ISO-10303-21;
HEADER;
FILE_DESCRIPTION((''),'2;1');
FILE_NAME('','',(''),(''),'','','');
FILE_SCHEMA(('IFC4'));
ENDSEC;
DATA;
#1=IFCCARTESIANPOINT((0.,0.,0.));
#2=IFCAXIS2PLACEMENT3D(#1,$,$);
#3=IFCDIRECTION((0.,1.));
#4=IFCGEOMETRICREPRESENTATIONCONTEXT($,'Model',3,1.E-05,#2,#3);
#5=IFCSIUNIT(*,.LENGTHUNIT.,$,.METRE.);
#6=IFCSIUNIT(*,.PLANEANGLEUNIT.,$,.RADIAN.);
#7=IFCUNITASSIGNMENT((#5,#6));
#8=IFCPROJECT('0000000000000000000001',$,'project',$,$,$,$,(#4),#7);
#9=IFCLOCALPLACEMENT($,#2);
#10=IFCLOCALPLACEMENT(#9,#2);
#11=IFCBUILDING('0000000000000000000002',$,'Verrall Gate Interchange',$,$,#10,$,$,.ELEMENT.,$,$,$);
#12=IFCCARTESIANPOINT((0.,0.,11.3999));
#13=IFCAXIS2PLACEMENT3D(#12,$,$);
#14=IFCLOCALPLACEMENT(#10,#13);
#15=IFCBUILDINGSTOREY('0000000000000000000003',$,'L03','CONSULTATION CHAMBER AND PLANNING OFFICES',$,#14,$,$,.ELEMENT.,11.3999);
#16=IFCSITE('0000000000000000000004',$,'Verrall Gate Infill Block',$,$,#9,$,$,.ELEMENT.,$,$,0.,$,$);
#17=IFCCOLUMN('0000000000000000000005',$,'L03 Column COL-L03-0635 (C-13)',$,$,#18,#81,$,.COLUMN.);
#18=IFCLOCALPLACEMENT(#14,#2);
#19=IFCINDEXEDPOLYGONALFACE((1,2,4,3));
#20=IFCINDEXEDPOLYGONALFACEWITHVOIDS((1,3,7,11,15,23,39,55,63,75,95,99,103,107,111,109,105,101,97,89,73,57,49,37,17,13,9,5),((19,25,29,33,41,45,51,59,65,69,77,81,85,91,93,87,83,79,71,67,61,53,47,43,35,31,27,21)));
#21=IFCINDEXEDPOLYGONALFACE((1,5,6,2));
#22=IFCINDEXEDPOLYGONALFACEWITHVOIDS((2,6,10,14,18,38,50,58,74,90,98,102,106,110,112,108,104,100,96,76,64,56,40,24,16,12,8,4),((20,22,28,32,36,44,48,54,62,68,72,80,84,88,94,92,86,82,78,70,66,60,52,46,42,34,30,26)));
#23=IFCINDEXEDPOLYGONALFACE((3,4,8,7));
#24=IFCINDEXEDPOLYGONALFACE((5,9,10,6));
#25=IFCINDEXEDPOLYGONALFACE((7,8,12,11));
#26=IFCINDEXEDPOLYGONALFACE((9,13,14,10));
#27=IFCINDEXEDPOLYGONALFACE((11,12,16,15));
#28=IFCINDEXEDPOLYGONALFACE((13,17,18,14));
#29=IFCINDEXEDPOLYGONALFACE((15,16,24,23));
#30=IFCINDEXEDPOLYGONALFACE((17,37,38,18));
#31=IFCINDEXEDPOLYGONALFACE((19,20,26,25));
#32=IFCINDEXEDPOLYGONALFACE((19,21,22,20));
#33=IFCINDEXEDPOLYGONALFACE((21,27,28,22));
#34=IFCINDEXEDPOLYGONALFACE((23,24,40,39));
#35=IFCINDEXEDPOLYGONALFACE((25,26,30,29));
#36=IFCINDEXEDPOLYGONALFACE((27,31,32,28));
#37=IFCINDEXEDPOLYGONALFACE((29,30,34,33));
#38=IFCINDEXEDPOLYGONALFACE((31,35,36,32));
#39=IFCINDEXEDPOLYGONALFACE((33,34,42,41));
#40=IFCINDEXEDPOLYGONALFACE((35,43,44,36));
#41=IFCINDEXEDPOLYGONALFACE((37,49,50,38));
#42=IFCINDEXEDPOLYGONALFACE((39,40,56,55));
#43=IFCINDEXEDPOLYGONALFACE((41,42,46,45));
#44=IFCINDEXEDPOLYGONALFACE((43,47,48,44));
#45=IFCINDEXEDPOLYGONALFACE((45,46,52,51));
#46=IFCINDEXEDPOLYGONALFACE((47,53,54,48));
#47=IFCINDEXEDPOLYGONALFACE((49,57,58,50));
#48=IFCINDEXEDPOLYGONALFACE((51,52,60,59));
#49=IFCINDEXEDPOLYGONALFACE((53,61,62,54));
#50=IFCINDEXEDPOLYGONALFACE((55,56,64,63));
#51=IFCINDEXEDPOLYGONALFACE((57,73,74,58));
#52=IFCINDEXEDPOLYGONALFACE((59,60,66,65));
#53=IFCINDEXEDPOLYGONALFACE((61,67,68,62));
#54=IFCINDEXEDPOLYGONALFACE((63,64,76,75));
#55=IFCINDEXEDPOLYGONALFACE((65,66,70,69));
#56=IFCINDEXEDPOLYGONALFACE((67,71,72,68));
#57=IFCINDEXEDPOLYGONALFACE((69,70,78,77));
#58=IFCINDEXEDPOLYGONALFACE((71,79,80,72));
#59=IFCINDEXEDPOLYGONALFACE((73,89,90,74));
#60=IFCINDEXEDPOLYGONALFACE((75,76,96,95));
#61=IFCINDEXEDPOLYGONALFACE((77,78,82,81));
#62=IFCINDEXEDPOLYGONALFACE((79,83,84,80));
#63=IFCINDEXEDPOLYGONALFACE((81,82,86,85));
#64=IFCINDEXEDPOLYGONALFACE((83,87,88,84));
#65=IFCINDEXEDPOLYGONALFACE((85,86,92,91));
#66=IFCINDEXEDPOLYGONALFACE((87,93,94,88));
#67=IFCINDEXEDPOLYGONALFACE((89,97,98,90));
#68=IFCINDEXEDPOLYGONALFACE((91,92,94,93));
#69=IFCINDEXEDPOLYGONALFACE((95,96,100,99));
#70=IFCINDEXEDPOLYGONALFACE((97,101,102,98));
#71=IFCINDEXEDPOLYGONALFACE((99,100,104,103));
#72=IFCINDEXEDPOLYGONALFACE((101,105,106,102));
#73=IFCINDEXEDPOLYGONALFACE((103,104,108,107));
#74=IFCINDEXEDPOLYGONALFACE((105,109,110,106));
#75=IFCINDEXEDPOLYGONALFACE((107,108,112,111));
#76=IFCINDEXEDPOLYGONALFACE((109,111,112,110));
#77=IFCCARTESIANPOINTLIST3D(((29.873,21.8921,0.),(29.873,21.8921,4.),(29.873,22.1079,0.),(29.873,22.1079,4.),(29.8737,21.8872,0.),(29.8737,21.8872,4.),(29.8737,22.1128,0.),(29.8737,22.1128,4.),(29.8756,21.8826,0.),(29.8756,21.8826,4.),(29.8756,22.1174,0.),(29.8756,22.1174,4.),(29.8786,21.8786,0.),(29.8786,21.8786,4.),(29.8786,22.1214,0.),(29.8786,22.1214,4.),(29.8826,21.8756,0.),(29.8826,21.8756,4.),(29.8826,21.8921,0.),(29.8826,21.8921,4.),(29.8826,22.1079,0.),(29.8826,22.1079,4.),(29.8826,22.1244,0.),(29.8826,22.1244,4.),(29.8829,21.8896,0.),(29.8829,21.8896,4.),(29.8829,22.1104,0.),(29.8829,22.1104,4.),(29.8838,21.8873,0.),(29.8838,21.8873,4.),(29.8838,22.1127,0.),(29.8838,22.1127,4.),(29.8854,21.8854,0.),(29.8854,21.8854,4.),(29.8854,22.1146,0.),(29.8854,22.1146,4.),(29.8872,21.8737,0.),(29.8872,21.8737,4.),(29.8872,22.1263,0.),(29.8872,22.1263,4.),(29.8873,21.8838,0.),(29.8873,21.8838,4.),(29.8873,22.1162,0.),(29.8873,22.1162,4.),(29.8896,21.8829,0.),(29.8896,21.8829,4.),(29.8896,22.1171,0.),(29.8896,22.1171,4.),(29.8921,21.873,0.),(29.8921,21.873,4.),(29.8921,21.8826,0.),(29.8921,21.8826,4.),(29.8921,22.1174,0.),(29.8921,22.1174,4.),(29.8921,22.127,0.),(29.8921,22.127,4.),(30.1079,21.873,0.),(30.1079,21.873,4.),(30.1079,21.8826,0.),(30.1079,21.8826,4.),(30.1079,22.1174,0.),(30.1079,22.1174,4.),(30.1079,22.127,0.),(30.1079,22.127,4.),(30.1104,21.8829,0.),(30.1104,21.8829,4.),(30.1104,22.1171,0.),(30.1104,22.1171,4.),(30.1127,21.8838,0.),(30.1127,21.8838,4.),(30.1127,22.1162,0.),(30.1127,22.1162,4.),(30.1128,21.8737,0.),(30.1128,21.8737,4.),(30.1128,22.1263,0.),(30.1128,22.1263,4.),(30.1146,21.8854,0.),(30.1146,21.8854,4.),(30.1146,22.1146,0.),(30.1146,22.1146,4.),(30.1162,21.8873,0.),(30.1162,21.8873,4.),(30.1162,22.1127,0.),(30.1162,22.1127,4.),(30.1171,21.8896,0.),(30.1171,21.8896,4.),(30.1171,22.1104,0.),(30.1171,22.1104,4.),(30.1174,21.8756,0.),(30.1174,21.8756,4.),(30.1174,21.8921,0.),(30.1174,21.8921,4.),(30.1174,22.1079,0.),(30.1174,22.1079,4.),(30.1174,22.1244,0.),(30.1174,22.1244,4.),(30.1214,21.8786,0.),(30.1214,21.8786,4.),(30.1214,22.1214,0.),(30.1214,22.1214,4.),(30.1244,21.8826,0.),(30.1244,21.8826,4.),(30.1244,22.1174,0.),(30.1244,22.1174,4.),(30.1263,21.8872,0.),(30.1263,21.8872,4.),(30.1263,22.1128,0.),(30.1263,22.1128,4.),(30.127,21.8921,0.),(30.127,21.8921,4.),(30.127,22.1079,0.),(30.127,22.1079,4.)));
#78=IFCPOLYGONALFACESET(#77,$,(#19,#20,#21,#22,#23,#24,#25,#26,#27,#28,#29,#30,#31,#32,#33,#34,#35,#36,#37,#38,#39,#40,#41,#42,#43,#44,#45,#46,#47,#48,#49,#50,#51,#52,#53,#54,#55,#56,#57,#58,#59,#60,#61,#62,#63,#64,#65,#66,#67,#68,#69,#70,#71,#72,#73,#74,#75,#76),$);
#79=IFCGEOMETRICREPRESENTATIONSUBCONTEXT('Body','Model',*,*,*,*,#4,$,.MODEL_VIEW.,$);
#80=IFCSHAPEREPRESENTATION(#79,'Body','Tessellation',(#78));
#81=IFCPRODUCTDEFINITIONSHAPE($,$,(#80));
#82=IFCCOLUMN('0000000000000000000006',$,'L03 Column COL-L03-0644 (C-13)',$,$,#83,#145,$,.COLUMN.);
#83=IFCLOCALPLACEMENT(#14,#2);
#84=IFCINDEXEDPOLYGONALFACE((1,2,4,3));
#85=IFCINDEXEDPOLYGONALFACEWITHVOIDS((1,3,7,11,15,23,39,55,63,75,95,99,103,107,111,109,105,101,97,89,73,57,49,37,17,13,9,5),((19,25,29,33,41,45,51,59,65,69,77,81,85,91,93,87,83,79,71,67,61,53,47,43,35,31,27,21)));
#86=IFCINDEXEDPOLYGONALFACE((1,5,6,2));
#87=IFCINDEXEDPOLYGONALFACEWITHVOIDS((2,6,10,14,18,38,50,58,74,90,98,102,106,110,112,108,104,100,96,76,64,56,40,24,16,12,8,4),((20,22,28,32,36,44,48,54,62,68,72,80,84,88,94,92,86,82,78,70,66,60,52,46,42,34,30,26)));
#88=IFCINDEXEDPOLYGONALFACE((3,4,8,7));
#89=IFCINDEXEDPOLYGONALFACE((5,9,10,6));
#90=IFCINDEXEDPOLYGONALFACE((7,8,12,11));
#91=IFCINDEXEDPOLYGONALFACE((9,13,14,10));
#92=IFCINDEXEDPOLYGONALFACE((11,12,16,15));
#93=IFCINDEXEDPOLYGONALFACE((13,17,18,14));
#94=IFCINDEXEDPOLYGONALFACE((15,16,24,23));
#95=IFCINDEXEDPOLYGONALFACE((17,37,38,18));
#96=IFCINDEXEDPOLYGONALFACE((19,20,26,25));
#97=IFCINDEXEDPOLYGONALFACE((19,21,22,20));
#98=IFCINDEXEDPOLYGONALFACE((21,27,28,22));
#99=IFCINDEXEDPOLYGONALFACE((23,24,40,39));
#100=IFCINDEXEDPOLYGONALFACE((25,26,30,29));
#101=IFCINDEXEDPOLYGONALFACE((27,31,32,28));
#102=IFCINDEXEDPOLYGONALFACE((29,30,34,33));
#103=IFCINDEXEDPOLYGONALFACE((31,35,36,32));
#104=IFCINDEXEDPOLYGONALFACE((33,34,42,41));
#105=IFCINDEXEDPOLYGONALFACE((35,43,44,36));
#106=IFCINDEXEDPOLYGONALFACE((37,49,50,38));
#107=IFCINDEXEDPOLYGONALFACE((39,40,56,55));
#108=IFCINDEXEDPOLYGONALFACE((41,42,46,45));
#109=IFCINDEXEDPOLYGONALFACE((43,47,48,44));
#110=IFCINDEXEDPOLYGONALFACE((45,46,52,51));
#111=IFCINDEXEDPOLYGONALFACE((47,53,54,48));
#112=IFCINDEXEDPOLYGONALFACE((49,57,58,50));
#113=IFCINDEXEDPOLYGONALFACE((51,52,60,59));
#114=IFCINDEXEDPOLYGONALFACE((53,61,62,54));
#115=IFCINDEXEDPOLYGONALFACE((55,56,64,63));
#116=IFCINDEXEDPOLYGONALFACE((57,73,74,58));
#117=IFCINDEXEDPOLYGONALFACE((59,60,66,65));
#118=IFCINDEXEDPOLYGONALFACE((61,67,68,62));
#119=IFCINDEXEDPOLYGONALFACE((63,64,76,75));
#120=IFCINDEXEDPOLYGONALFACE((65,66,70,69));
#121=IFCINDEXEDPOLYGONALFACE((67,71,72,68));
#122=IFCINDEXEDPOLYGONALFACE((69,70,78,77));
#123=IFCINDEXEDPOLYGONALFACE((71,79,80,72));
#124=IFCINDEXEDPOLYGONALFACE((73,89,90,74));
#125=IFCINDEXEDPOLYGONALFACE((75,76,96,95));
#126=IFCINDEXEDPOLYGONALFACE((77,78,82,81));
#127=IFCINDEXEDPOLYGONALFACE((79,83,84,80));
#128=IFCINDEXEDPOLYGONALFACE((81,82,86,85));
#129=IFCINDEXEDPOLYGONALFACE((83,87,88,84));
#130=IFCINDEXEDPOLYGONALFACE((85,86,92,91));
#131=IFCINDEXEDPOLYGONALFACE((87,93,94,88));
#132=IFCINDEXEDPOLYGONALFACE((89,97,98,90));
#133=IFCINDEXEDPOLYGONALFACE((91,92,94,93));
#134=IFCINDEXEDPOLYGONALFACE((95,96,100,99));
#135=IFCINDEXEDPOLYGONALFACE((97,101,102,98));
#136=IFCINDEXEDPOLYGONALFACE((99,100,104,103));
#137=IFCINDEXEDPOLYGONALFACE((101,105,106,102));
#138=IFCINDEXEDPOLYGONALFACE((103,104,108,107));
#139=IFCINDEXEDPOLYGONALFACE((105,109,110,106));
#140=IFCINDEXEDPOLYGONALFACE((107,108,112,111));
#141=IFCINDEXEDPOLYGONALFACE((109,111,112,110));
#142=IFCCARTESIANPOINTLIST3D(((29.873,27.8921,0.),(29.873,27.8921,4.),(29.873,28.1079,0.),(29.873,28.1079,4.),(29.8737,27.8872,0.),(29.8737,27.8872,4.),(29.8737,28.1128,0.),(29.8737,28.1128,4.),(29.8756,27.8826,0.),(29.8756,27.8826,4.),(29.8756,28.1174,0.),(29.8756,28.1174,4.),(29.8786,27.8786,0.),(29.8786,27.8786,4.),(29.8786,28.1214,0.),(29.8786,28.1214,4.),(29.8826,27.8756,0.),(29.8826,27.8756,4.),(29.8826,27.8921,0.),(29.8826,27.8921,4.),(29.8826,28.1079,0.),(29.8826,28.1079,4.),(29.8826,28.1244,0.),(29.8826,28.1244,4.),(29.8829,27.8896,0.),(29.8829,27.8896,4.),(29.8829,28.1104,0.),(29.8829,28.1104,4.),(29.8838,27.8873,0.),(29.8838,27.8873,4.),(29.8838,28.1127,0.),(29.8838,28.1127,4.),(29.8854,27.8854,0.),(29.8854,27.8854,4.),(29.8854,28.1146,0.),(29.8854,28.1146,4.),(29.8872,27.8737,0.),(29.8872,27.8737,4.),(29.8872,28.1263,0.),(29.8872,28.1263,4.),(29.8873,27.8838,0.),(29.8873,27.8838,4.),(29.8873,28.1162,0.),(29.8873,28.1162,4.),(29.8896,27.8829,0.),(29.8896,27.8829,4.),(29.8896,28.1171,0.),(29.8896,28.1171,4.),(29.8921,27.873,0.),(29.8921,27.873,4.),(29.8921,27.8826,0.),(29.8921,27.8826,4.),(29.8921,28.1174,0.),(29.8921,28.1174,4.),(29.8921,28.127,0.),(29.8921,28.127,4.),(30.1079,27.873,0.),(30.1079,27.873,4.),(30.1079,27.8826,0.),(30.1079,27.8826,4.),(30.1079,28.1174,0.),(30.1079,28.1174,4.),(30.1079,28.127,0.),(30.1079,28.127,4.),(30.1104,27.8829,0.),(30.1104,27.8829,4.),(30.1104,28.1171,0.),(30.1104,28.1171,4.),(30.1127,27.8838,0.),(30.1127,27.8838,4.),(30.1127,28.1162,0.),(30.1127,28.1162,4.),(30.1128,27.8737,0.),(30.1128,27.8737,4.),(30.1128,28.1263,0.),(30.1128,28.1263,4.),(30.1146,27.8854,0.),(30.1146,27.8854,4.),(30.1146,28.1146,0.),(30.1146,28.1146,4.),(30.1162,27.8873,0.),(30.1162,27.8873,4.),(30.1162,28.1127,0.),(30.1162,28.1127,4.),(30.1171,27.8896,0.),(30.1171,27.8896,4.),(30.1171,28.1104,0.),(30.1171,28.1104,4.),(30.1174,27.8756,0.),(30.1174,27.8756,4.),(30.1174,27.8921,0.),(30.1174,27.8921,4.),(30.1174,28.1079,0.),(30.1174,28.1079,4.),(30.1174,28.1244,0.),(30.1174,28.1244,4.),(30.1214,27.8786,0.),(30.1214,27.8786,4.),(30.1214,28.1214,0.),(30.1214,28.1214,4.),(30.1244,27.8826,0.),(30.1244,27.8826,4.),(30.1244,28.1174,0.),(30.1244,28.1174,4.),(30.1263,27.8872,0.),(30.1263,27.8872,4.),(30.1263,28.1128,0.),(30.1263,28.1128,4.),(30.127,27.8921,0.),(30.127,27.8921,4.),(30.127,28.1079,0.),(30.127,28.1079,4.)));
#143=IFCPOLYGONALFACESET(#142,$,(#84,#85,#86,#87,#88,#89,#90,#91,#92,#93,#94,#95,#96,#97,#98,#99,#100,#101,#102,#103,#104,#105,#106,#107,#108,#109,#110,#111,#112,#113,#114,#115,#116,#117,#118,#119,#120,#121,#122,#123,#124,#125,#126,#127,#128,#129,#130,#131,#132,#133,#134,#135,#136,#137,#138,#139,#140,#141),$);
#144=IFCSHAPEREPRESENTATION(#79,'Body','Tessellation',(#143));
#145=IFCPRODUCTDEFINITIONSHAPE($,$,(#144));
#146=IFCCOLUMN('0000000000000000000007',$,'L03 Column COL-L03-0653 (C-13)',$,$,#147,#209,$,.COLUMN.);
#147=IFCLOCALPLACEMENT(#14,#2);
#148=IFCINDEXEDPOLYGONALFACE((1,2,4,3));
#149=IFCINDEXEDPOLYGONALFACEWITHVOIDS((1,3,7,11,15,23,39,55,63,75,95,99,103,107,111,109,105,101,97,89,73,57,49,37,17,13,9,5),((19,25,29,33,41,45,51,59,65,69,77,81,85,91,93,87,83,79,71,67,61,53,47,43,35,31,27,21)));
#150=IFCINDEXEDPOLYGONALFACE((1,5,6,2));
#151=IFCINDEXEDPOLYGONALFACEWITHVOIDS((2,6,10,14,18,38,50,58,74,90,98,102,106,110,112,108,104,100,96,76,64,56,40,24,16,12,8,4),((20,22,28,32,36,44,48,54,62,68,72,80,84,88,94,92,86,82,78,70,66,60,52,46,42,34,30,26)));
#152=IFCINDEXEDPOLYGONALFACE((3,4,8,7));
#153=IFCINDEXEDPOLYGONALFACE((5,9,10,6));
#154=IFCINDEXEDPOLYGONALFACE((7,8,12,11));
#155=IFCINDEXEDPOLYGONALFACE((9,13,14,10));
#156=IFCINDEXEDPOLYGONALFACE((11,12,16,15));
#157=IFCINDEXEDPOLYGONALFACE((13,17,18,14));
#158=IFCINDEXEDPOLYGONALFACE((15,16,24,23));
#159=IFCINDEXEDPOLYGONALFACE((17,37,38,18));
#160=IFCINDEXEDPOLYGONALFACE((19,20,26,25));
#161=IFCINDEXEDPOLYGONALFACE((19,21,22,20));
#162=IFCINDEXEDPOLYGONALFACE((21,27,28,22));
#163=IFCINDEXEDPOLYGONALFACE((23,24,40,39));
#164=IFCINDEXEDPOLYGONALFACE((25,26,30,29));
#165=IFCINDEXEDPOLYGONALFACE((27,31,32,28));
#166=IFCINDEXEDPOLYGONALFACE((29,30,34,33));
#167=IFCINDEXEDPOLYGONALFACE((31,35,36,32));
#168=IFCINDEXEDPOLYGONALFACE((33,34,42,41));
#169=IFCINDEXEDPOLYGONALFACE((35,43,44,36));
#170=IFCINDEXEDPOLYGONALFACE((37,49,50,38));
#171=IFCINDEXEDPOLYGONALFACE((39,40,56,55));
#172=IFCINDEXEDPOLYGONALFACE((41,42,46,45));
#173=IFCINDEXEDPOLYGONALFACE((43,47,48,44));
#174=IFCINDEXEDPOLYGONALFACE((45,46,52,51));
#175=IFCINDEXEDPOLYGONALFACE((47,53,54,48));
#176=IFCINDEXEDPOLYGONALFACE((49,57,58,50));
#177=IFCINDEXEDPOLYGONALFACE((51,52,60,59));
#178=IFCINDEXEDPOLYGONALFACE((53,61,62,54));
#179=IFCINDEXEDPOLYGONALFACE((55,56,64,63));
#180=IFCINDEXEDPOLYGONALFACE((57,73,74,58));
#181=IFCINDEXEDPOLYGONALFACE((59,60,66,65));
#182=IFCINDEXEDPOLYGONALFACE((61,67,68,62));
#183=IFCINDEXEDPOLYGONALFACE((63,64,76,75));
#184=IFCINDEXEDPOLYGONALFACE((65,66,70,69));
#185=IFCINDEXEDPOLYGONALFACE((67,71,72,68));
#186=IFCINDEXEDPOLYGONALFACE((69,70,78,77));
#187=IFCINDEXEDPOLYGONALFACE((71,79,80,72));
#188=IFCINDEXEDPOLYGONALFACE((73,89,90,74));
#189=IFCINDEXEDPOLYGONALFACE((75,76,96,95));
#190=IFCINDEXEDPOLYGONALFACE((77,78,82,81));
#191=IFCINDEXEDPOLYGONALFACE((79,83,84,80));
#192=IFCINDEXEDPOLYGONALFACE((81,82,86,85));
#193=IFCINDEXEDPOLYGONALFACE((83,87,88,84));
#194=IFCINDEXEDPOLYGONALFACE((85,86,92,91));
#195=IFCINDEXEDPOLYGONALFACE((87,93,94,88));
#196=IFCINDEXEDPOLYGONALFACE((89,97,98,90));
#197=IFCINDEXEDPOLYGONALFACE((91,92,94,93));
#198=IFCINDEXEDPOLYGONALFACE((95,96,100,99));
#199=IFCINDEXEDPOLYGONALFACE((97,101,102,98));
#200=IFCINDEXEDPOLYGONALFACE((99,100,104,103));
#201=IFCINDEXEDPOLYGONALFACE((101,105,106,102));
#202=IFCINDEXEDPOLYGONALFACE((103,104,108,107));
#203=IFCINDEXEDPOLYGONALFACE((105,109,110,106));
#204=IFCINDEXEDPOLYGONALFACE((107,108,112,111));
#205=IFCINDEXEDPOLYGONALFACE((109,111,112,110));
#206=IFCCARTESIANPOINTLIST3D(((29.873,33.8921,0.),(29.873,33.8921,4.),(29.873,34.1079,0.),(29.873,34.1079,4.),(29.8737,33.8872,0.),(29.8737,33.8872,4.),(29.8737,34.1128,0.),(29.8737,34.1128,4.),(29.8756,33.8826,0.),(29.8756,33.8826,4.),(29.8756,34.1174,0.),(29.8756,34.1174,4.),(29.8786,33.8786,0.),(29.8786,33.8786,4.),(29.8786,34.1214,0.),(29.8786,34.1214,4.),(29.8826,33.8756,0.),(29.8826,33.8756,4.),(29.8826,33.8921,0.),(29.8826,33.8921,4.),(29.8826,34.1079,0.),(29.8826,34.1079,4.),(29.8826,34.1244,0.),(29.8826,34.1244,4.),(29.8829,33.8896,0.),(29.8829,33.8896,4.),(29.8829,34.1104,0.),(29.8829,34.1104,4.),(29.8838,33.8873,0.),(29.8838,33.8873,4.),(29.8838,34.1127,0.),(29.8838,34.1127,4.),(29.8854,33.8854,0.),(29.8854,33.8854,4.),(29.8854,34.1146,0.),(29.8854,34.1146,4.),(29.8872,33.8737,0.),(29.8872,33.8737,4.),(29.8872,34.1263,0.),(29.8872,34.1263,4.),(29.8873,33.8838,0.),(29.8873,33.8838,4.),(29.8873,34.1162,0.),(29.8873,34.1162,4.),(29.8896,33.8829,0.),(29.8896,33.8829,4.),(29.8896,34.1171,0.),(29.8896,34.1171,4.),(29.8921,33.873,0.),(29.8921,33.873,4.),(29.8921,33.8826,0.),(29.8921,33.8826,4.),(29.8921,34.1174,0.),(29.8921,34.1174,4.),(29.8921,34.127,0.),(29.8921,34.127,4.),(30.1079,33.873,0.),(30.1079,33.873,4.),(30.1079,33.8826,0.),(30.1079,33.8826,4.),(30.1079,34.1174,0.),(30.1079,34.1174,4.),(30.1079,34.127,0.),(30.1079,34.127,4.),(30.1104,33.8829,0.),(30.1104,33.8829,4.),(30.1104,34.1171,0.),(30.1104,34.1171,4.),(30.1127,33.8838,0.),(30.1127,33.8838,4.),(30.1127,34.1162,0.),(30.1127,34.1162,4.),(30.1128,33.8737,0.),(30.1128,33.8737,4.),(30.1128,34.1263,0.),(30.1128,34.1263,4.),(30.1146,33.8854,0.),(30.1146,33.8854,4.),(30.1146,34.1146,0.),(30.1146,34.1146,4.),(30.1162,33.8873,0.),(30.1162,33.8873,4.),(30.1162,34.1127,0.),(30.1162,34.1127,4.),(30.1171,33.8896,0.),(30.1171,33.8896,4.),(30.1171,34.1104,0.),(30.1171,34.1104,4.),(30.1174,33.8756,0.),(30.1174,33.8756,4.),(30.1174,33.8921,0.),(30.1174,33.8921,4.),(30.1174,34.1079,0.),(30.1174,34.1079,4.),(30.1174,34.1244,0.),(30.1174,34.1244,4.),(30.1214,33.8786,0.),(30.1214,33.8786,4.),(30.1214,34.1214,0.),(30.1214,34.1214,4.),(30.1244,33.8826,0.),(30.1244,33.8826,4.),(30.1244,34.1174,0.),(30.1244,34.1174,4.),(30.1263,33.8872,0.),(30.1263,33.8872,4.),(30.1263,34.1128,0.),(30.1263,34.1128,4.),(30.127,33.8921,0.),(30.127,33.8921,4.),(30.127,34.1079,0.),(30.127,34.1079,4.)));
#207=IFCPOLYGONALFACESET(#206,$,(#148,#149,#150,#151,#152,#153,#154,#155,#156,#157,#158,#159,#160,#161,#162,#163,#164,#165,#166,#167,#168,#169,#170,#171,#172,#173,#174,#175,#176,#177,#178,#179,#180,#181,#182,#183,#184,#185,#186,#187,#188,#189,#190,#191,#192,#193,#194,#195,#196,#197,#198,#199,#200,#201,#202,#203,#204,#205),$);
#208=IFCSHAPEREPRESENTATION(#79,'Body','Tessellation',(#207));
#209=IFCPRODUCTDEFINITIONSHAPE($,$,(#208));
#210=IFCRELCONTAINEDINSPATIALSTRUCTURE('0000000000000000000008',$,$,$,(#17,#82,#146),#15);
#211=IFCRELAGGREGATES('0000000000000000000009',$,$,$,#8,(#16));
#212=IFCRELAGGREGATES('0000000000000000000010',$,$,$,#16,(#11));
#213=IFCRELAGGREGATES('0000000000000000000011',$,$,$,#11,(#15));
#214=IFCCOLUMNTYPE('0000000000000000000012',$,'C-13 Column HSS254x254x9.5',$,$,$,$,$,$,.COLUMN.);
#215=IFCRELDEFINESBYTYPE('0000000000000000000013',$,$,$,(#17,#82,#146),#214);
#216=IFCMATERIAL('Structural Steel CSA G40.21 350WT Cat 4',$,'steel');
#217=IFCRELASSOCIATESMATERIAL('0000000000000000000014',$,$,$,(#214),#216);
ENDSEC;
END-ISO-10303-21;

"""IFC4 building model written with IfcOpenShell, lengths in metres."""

from ifc_helpers import new_model, si_unit, direction, frame, origin, origin_2d, place, context, subcontext, project, spatial, hollow_rectangle, extrude, material, material_profile, profile_set, type_object, element, save


model = new_model("IFC4")

# Units and contexts
model_context = context("Model", 3, precision=1e-05, world=origin(), true_north=direction((0.0, 1.0)))
body_context = subcontext(model_context, "Body", "Model", "MODEL_VIEW")
ifc_project = project(units=[si_unit("LENGTHUNIT", "METRE"), si_unit("PLANEANGLEUNIT", "RADIAN")], contexts=[model_context])

# Site, building, storey
site_placement = place(None, origin())
site = spatial("IfcSite", under=ifc_project, at=site_placement, Name="Verrall Gate Infill Block", CompositionType="ELEMENT", RefElevation=0.0)
building_placement = place(site_placement, origin())
building = spatial("IfcBuilding", under=site, at=building_placement, Name="Verrall Gate Interchange", CompositionType="ELEMENT")
storey_placement = place(building_placement, frame((0.0, 0.0, 11.3999)))
storey = spatial("IfcBuildingStorey", under=building, at=storey_placement, Name="L03", Description="CONSULTATION CHAMBER AND PLANNING OFFICES", CompositionType="ELEMENT", Elevation=11.3999)

# Columns
ifc_material_1 = material(Name="Structural Steel CSA G40.21 350WT Cat 4", Category="steel")
ifc_material_profile_1 = material_profile(ifc_material_1, hollow_rectangle(XDim=0.2539, YDim=0.2539, WallThickness=0.0095, InnerFilletRadius=0.0095, OuterFilletRadius=0.019, at=origin_2d()), Name="HSS254x254x9.5")
ifc_profile_set_1 = profile_set([ifc_material_profile_1], Name="Structural Steel CSA G40.21 350WT Cat 4")
column_type = type_object("IfcColumnType", Name="C-13 Column HSS254x254x9.5", PredefinedType="COLUMN", material=ifc_profile_set_1)
for number, where, z_axis, x_axis, name in (
    (1, (30.0, 22.0, 0.0), (0.0, 0.0, 1.0), (1.0, 0.0, 0.0), "L03 Column COL-L03-0635 (C-13)"),
    (2, (30.0, 28.0, 0.0), (0.0, 0.0, 1.0), (1.0, 0.0, 0.0), "L03 Column COL-L03-0644 (C-13)"),
    (3, (30.0, 34.0, 0.0), (0.0, 0.0, 1.0), (1.0, 0.0, 0.0), "L03 Column COL-L03-0653 (C-13)"),
):
    element("IfcColumn", number, at=place(storey_placement, frame(where, z_axis=z_axis, x_axis=x_axis)), inside=storey, type_object=column_type, Name=name, PredefinedType="COLUMN", context=body_context, shape_type="SweptSolid", body=[
        extrude(hollow_rectangle(XDim=0.2539, YDim=0.2539, WallThickness=0.0095, InnerFilletRadius=0.0095, OuterFilletRadius=0.019, at=origin_2d()), origin(), (0.0, 0.0, 1.0), 4.0),
    ])

save(model, "model.ifc")
